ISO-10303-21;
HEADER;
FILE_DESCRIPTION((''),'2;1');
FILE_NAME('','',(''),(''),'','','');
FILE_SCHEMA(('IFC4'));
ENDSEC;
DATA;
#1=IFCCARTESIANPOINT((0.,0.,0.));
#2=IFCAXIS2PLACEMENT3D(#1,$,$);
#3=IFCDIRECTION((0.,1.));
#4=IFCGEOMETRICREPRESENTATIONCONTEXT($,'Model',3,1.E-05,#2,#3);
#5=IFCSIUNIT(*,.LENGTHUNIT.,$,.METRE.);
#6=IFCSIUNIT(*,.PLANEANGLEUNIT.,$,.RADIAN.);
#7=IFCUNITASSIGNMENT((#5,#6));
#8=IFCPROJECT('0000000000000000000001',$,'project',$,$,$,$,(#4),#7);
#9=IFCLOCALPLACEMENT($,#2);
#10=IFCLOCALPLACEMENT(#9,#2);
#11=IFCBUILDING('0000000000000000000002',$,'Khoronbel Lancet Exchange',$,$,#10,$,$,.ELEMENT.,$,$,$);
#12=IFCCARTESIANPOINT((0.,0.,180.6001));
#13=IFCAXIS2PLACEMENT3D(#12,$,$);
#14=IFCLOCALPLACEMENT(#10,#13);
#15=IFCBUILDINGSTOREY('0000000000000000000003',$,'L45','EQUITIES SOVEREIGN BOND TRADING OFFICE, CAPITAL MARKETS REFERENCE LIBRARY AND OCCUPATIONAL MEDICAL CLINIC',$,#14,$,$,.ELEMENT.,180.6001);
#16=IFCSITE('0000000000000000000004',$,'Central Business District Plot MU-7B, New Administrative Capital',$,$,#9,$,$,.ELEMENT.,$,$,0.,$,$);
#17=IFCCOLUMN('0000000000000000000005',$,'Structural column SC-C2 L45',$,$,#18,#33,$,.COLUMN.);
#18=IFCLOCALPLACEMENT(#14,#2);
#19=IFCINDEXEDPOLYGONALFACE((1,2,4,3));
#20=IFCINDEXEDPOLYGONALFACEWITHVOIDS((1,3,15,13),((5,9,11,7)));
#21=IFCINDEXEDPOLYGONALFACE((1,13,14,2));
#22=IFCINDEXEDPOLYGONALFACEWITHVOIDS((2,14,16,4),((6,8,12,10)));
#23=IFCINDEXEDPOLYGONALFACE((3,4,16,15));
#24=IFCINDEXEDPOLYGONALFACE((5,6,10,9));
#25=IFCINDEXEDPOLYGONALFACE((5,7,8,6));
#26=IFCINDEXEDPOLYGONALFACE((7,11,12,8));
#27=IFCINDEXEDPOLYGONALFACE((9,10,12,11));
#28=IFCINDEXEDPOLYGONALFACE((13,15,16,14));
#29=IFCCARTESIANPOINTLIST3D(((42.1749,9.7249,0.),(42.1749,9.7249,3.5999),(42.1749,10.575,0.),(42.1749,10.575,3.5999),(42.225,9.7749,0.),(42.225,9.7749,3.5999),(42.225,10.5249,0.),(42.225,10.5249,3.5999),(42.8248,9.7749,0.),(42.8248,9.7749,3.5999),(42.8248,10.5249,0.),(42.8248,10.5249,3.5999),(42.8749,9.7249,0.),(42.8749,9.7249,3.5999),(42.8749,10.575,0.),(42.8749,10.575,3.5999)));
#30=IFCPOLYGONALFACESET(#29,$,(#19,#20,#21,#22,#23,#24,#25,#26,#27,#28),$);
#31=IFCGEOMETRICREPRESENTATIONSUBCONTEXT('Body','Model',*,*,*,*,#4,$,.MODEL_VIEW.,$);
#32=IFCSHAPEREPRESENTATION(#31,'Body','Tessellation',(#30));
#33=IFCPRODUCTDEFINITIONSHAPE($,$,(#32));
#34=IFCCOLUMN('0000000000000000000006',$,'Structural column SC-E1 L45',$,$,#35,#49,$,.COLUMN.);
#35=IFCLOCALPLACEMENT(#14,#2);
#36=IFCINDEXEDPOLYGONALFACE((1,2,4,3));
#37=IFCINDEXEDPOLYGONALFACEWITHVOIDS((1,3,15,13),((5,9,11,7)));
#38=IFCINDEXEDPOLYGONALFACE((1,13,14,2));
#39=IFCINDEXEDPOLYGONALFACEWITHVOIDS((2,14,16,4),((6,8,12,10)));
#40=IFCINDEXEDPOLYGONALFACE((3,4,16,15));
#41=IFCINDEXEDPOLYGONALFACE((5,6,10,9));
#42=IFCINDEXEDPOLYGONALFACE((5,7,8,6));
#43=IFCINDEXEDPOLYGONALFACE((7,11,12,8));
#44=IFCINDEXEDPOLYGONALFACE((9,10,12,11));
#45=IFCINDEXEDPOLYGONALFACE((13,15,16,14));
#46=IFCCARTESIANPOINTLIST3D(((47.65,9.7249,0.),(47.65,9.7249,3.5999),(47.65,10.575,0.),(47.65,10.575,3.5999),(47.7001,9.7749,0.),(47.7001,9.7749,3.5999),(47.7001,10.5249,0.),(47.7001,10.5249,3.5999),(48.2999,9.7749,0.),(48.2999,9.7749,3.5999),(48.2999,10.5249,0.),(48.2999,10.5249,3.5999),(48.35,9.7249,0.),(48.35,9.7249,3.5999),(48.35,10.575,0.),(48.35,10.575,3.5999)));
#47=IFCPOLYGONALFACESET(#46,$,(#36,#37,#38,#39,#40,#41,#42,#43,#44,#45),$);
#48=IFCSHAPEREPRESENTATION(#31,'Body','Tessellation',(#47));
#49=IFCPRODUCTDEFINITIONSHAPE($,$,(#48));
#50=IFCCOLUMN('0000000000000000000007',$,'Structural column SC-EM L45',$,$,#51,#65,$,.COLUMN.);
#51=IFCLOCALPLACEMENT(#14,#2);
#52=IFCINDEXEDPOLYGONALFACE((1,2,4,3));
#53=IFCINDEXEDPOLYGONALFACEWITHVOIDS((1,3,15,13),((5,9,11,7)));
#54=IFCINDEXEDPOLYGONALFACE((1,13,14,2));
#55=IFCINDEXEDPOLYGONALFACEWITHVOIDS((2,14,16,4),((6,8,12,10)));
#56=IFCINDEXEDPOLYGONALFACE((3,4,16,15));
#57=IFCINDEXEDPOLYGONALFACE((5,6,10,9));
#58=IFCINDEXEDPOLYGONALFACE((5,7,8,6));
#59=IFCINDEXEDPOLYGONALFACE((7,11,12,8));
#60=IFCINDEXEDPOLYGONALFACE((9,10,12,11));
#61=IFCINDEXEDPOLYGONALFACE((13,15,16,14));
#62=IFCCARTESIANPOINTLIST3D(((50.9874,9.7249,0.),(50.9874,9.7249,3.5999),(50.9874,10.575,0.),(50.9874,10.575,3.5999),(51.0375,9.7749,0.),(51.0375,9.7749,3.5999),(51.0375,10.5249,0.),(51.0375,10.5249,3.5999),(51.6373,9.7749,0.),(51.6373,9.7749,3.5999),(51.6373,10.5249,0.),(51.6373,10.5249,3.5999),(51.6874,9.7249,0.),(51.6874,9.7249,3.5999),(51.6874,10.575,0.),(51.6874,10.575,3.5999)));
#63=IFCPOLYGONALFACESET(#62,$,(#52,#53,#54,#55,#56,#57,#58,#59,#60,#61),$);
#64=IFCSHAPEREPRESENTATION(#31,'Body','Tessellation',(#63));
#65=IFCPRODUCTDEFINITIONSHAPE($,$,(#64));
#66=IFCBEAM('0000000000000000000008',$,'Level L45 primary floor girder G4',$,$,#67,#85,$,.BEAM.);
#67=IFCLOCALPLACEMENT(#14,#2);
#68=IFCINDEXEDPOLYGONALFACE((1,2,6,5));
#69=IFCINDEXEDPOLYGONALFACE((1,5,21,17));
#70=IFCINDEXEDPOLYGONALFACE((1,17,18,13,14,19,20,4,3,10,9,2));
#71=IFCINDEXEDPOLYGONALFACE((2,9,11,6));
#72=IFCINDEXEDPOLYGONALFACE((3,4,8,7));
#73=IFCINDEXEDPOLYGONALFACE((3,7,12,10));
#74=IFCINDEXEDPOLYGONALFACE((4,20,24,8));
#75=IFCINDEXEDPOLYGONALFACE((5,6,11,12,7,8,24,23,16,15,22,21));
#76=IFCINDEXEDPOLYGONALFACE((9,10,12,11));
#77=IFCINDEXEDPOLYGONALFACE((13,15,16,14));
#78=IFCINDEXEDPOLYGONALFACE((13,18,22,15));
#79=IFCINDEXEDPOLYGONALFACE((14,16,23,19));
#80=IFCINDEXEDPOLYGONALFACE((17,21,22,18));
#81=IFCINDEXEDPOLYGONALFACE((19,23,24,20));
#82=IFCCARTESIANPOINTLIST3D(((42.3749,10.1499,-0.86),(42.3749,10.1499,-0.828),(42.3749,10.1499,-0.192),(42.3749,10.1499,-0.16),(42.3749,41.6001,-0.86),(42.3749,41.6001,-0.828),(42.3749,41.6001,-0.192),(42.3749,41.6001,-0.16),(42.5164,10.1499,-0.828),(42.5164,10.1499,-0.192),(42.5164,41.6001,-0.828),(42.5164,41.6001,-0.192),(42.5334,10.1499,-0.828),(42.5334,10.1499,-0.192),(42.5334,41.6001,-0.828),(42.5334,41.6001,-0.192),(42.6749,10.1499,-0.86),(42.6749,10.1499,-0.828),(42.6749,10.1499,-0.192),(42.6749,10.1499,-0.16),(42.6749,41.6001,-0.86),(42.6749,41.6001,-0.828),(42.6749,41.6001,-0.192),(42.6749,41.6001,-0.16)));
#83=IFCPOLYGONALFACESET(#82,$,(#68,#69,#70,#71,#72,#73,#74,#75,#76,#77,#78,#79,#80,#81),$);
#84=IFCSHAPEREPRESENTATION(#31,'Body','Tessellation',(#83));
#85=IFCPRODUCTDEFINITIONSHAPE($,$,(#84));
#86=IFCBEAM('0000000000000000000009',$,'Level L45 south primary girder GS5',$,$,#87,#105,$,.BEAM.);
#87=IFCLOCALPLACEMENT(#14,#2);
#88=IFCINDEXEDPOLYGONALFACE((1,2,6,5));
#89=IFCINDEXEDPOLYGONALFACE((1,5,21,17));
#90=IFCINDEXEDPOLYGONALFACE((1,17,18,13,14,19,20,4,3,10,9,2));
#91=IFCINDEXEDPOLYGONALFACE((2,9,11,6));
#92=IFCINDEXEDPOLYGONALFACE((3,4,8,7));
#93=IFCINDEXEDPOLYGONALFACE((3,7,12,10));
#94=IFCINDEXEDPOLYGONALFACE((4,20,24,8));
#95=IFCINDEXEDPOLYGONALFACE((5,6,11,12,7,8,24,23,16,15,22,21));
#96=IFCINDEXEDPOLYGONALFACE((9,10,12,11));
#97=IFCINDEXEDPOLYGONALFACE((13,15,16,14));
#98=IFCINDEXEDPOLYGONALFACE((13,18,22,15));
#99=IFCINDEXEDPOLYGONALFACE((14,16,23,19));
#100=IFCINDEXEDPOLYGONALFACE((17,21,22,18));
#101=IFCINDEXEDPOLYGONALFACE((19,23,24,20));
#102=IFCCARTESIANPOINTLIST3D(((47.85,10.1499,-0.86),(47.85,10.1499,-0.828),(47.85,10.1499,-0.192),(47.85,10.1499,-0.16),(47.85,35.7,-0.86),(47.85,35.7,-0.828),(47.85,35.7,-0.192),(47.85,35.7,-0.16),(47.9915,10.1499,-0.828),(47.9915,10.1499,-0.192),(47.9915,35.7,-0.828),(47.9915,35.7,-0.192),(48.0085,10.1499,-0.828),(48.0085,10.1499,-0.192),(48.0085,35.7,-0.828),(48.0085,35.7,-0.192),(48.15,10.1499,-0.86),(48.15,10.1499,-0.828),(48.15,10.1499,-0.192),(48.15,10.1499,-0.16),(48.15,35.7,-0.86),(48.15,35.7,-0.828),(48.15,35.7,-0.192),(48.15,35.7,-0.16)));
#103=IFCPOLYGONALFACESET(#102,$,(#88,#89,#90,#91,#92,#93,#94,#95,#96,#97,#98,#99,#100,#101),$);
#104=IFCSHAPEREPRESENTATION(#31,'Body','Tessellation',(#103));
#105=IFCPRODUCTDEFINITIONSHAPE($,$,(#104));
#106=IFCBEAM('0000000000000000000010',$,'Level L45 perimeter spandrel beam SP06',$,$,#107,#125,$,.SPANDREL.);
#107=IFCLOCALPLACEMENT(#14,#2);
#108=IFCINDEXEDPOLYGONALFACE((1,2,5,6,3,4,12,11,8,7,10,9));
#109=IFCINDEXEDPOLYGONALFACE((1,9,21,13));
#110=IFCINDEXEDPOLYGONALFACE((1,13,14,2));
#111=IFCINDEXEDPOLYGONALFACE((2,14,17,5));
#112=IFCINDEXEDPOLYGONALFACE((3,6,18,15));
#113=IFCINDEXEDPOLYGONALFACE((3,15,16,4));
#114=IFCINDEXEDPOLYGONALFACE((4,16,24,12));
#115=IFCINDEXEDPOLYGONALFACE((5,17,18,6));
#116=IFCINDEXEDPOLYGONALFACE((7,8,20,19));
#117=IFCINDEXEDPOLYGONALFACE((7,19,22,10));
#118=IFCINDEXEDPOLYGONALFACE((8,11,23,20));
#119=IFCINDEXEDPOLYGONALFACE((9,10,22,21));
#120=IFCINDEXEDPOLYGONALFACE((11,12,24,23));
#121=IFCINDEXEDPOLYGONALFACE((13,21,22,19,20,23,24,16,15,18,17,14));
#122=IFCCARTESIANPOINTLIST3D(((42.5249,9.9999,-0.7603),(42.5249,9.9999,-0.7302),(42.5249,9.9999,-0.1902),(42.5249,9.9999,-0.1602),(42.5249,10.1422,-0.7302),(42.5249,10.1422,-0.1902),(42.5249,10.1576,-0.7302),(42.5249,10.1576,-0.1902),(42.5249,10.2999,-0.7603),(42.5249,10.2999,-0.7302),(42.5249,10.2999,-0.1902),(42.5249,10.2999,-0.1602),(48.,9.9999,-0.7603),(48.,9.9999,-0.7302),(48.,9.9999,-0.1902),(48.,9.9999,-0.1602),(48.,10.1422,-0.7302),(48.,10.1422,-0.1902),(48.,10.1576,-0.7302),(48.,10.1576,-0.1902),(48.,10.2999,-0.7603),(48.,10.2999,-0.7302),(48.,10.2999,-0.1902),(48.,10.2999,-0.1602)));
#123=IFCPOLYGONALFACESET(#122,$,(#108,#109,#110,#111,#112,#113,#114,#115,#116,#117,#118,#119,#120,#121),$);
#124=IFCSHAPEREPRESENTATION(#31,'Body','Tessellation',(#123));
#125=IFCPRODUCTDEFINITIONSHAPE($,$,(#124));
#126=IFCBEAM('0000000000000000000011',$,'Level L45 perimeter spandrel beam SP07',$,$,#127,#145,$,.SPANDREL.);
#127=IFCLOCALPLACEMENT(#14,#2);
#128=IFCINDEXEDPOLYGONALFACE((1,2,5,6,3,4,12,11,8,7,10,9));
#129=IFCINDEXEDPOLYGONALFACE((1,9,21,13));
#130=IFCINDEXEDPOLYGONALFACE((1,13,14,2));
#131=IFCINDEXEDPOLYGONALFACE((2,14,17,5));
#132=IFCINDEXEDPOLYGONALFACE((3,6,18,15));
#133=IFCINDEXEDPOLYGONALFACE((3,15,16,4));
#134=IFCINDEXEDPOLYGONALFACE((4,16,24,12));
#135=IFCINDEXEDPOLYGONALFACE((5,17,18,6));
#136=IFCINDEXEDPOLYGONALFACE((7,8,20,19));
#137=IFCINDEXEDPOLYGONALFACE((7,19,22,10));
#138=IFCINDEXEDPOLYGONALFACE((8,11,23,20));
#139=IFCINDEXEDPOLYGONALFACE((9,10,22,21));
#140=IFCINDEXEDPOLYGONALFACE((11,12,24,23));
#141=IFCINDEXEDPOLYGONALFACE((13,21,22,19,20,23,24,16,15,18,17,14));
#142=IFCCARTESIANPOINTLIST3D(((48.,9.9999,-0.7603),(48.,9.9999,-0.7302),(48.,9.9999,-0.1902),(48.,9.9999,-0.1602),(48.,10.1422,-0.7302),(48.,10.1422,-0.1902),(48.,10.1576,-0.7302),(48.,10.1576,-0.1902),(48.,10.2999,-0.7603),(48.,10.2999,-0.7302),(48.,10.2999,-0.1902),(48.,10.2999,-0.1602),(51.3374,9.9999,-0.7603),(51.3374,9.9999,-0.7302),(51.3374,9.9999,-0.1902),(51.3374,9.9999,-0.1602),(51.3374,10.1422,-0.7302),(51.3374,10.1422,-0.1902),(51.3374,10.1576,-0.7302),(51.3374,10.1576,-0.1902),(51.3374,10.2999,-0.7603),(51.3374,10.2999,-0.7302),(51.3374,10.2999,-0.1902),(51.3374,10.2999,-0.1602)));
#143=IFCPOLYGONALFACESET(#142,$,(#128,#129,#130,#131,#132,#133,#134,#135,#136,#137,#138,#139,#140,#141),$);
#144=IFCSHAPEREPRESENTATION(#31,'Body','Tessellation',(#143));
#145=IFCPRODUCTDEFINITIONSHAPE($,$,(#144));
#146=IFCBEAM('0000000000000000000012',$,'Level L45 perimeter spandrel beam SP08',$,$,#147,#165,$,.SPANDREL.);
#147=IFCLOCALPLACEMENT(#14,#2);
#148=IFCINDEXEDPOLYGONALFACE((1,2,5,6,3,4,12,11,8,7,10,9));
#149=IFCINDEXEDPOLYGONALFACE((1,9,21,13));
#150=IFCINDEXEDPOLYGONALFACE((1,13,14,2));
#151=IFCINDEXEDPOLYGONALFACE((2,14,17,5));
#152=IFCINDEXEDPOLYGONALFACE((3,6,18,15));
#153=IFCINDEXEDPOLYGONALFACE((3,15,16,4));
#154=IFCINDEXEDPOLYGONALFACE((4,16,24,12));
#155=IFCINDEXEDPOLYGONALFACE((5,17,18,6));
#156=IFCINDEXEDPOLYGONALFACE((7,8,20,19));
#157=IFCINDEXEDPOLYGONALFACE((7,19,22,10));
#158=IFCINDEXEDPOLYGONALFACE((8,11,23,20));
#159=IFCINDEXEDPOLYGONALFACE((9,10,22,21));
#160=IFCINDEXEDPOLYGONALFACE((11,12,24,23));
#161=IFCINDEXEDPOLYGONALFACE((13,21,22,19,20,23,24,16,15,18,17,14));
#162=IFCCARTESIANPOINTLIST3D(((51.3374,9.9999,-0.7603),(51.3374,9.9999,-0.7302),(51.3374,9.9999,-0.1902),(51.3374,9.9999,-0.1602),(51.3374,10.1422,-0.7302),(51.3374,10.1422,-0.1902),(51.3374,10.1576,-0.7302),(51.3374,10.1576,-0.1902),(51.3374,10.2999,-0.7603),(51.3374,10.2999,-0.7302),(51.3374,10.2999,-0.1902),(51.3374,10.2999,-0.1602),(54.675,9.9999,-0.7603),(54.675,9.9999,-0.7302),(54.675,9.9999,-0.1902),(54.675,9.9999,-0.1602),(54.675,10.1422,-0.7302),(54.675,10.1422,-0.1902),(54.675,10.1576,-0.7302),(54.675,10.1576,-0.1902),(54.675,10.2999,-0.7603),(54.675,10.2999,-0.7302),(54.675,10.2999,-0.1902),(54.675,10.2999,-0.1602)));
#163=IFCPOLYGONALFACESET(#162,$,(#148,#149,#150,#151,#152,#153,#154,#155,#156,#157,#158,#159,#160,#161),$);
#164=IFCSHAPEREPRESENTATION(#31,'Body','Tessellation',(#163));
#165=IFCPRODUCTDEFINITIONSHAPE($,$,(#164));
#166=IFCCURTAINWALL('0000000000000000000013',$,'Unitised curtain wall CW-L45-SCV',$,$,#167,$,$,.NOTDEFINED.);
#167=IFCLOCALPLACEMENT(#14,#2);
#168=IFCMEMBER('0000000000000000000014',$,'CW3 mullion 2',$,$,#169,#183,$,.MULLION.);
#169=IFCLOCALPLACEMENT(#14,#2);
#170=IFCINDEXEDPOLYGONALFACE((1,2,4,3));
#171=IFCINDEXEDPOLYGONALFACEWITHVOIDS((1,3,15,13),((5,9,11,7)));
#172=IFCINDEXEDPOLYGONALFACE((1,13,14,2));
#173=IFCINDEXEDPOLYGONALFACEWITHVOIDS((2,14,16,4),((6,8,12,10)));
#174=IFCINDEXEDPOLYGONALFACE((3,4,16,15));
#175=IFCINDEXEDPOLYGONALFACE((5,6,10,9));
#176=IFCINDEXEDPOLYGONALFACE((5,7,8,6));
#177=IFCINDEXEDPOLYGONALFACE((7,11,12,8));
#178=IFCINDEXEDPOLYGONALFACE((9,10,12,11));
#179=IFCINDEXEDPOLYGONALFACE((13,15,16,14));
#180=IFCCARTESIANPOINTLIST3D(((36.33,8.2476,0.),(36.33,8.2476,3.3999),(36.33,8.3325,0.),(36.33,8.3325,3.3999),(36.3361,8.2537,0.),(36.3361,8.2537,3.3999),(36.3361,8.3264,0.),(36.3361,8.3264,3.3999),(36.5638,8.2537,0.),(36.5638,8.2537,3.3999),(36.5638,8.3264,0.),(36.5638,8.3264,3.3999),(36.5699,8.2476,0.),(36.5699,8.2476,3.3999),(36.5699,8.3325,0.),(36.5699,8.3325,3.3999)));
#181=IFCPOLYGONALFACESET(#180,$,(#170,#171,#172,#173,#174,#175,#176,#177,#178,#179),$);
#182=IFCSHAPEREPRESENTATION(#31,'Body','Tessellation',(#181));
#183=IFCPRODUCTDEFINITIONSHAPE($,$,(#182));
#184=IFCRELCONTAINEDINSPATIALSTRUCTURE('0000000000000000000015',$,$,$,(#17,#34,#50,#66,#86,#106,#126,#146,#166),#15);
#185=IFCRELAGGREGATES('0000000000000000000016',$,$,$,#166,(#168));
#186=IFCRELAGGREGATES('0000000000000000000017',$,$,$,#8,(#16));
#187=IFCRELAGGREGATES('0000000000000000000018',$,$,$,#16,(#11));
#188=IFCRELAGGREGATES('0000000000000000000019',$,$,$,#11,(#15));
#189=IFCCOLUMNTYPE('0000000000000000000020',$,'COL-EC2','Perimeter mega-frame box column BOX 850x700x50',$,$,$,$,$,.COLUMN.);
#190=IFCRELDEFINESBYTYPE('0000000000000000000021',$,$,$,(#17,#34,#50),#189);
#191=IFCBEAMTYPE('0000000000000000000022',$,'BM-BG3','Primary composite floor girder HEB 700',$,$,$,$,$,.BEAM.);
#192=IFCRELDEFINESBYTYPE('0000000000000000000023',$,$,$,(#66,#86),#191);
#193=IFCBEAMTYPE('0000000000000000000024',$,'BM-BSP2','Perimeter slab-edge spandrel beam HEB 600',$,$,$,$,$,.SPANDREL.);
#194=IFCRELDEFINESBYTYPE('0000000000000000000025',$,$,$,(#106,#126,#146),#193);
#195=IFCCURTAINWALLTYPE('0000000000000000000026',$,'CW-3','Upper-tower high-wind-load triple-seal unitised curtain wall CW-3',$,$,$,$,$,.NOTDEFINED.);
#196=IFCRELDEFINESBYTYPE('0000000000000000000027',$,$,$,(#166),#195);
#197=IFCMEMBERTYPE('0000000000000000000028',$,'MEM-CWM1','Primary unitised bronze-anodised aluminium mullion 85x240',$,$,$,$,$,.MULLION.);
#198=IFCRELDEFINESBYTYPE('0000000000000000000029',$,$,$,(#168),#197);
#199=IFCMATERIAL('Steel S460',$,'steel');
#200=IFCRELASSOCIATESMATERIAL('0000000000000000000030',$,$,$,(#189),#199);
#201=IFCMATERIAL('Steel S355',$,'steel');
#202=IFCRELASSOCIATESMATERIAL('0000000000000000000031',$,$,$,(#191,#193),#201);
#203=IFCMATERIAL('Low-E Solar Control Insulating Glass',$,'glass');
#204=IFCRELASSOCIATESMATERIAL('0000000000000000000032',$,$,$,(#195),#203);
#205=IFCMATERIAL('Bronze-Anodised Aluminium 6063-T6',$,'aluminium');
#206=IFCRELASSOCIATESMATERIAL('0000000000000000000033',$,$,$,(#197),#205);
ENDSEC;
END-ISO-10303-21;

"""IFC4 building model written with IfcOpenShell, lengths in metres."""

from ifc_helpers import new_model, si_unit, direction, frame, origin, origin_2d, place, context, subcontext, project, spatial, hollow_rectangle, i_section, extrude, material, material_profile, profile_set, type_object, element, aggregate, save


model = new_model("IFC4")

# Units and contexts
model_context = context("Model", 3, precision=1e-05, world=origin(), true_north=direction((0.0, 1.0)))
body_context = subcontext(model_context, "Body", "Model", "MODEL_VIEW")
ifc_project = project(units=[si_unit("LENGTHUNIT", "METRE"), si_unit("PLANEANGLEUNIT", "RADIAN")], contexts=[model_context])

# Site, building, storey
site_placement = place(None, origin())
site = spatial("IfcSite", under=ifc_project, at=site_placement, Name="Central Business District Plot MU-7B, New Administrative Capital", CompositionType="ELEMENT", RefElevation=0.0)
building_placement = place(site_placement, origin())
building = spatial("IfcBuilding", under=site, at=building_placement, Name="Khoronbel Lancet Exchange", CompositionType="ELEMENT")
storey_placement = place(building_placement, frame((0.0, 0.0, 180.6001)))
storey = spatial("IfcBuildingStorey", under=building, at=storey_placement, Name="L45", Description="EQUITIES SOVEREIGN BOND TRADING OFFICE, CAPITAL MARKETS REFERENCE LIBRARY AND OCCUPATIONAL MEDICAL CLINIC", CompositionType="ELEMENT", Elevation=180.6001)

# Columns
ifc_material_1 = material(Name="Steel S460", Category="steel")
ifc_material_profile_1 = material_profile(ifc_material_1, hollow_rectangle(XDim=0.7, YDim=0.8501, WallThickness=0.05, at=origin_2d()), Name="BOX 850x700x50")
ifc_profile_set_1 = profile_set([ifc_material_profile_1], Name="Steel S460")
column_type = type_object("IfcColumnType", Name="COL-EC2", Description="Perimeter mega-frame box column BOX 850x700x50", PredefinedType="COLUMN", material=ifc_profile_set_1)
for number, where, z_axis, x_axis, name in (
    (1, (42.5249, 10.1499, 0.0), (0.0, 0.0, 1.0), (1.0, 0.0, 0.0), "Structural column SC-C2 L45"),
    (2, (48.0, 10.1499, 0.0), (0.0, 0.0, 1.0), (1.0, 0.0, 0.0), "Structural column SC-E1 L45"),
    (3, (51.3374, 10.1499, 0.0), (0.0, 0.0, 1.0), (1.0, 0.0, 0.0), "Structural column SC-EM L45"),
):
    element("IfcColumn", number, at=place(storey_placement, frame(where, z_axis=z_axis, x_axis=x_axis)), inside=storey, type_object=column_type, Name=name, PredefinedType="COLUMN", context=body_context, shape_type="SweptSolid", body=[
        extrude(hollow_rectangle(XDim=0.7, YDim=0.8501, WallThickness=0.05, at=origin_2d()), origin(), (0.0, 0.0, 1.0), 3.5999),
    ])

# Beams
ifc_material_2 = material(Name="Steel S355", Category="steel")
ifc_material_profile_2 = material_profile(ifc_material_2, i_section(OverallWidth=0.3, OverallDepth=0.7, WebThickness=0.0171, FlangeThickness=0.032, at=origin_2d()), Name="HEB 700")
ifc_profile_set_2 = profile_set([ifc_material_profile_2], Name="Steel S355")
beam_type_1 = type_object("IfcBeamType", Name="BM-BG3", Description="Primary composite floor girder HEB 700", PredefinedType="BEAM", material=ifc_profile_set_2)
beam_1_placement = place(storey_placement, frame((42.5249, 10.1499, -0.51), z_axis=(0.0, 1.0, 0.0), x_axis=(-1.0, 0.0, 0.0)))
element("IfcBeam", 4, at=beam_1_placement, inside=storey, type_object=beam_type_1, Name="Level L45 primary floor girder G4", PredefinedType="BEAM", context=body_context, shape_type="SweptSolid", body=[
    extrude(i_section(OverallWidth=0.3, OverallDepth=0.7, WebThickness=0.0171, FlangeThickness=0.032, at=origin_2d()), origin(), (0.0, 0.0, 1.0), 31.4502),
])
beam_2_placement = place(storey_placement, frame((48.0, 10.1499, -0.51), z_axis=(0.0, 1.0, 0.0), x_axis=(-1.0, 0.0, 0.0)))
element("IfcBeam", 5, at=beam_2_placement, inside=storey, type_object=beam_type_1, Name="Level L45 south primary girder GS5", PredefinedType="BEAM", context=body_context, shape_type="SweptSolid", body=[
    extrude(i_section(OverallWidth=0.3, OverallDepth=0.7, WebThickness=0.0171, FlangeThickness=0.032, at=origin_2d()), origin(), (0.0, 0.0, 1.0), 25.55),
])
ifc_material_profile_3 = material_profile(ifc_material_2, i_section(OverallWidth=0.3, OverallDepth=0.6001, WebThickness=0.0154, FlangeThickness=0.03, at=origin_2d()), Name="HEB 600")
ifc_profile_set_3 = profile_set([ifc_material_profile_3], Name="Steel S355")
beam_type_2 = type_object("IfcBeamType", Name="BM-BSP2", Description="Perimeter slab-edge spandrel beam HEB 600", PredefinedType="SPANDREL", material=ifc_profile_set_3)
beam_3_placement = place(storey_placement, frame((42.5249, 10.1499, -0.4602), z_axis=(1.0, 0.0, 0.0), x_axis=(0.0, 1.0, 0.0)))
element("IfcBeam", 6, at=beam_3_placement, inside=storey, type_object=beam_type_2, Name="Level L45 perimeter spandrel beam SP06", PredefinedType="SPANDREL", context=body_context, shape_type="SweptSolid", body=[
    extrude(i_section(OverallWidth=0.3, OverallDepth=0.6001, WebThickness=0.0154, FlangeThickness=0.03, at=origin_2d()), origin(), (0.0, 0.0, 1.0), 5.4751),
])
beam_4_placement = place(storey_placement, frame((48.0, 10.1499, -0.4602), z_axis=(1.0, 0.0, 0.0), x_axis=(0.0, 1.0, 0.0)))
element("IfcBeam", 7, at=beam_4_placement, inside=storey, type_object=beam_type_2, Name="Level L45 perimeter spandrel beam SP07", PredefinedType="SPANDREL", context=body_context, shape_type="SweptSolid", body=[
    extrude(i_section(OverallWidth=0.3, OverallDepth=0.6001, WebThickness=0.0154, FlangeThickness=0.03, at=origin_2d()), origin(), (0.0, 0.0, 1.0), 3.3374),
])
beam_5_placement = place(storey_placement, frame((51.3374, 10.1499, -0.4602), z_axis=(1.0, 0.0, 0.0), x_axis=(0.0, 1.0, 0.0)))
element("IfcBeam", 8, at=beam_5_placement, inside=storey, type_object=beam_type_2, Name="Level L45 perimeter spandrel beam SP08", PredefinedType="SPANDREL", context=body_context, shape_type="SweptSolid", body=[
    extrude(i_section(OverallWidth=0.3, OverallDepth=0.6001, WebThickness=0.0154, FlangeThickness=0.03, at=origin_2d()), origin(), (0.0, 0.0, 1.0), 3.3376),
])

# Curtain wall, member
ifc_material_3 = material(Name="Low-E Solar Control Insulating Glass", Category="glass")
curtain_wall_type = type_object("IfcCurtainWallType", Name="CW-3", Description="Upper-tower high-wind-load triple-seal unitised curtain wall CW-3", PredefinedType="NOTDEFINED", material=ifc_material_3)
curtain_wall_1_placement = place(storey_placement, origin())
curtain_wall_1 = element("IfcCurtainWall", 9, at=curtain_wall_1_placement, inside=storey, type_object=curtain_wall_type, Name="Unitised curtain wall CW-L45-SCV", PredefinedType="NOTDEFINED")
ifc_material_4 = material(Name="Bronze-Anodised Aluminium 6063-T6", Category="aluminium")
ifc_material_profile_4 = material_profile(ifc_material_4, hollow_rectangle(XDim=0.085, YDim=0.24, WallThickness=0.0061, at=origin_2d()), Name="ALU MULLION 85x240")
ifc_profile_set_4 = profile_set([ifc_material_profile_4], Name="Bronze-Anodised Aluminium 6063-T6")
member_type_1 = type_object("IfcMemberType", Name="MEM-CWM1", Description="Primary unitised bronze-anodised aluminium mullion 85x240", PredefinedType="MULLION", material=ifc_profile_set_4)
member_1_placement = place(storey_placement, frame((36.45, 8.29, 0.0), z_axis=(0.0, 0.0, 1.0), x_axis=(0.0, 1.0, 0.0)))
member_1 = element("IfcMember", 10, at=member_1_placement, type_object=member_type_1, Name="CW3 mullion 2", PredefinedType="MULLION", context=body_context, shape_type="SweptSolid", body=[
    extrude(hollow_rectangle(XDim=0.085, YDim=0.24, WallThickness=0.0061, at=origin_2d()), origin(), (0.0, 0.0, 1.0), 3.3999),
])

aggregate(curtain_wall_1, [member_1])

save(model, "model.ifc")
